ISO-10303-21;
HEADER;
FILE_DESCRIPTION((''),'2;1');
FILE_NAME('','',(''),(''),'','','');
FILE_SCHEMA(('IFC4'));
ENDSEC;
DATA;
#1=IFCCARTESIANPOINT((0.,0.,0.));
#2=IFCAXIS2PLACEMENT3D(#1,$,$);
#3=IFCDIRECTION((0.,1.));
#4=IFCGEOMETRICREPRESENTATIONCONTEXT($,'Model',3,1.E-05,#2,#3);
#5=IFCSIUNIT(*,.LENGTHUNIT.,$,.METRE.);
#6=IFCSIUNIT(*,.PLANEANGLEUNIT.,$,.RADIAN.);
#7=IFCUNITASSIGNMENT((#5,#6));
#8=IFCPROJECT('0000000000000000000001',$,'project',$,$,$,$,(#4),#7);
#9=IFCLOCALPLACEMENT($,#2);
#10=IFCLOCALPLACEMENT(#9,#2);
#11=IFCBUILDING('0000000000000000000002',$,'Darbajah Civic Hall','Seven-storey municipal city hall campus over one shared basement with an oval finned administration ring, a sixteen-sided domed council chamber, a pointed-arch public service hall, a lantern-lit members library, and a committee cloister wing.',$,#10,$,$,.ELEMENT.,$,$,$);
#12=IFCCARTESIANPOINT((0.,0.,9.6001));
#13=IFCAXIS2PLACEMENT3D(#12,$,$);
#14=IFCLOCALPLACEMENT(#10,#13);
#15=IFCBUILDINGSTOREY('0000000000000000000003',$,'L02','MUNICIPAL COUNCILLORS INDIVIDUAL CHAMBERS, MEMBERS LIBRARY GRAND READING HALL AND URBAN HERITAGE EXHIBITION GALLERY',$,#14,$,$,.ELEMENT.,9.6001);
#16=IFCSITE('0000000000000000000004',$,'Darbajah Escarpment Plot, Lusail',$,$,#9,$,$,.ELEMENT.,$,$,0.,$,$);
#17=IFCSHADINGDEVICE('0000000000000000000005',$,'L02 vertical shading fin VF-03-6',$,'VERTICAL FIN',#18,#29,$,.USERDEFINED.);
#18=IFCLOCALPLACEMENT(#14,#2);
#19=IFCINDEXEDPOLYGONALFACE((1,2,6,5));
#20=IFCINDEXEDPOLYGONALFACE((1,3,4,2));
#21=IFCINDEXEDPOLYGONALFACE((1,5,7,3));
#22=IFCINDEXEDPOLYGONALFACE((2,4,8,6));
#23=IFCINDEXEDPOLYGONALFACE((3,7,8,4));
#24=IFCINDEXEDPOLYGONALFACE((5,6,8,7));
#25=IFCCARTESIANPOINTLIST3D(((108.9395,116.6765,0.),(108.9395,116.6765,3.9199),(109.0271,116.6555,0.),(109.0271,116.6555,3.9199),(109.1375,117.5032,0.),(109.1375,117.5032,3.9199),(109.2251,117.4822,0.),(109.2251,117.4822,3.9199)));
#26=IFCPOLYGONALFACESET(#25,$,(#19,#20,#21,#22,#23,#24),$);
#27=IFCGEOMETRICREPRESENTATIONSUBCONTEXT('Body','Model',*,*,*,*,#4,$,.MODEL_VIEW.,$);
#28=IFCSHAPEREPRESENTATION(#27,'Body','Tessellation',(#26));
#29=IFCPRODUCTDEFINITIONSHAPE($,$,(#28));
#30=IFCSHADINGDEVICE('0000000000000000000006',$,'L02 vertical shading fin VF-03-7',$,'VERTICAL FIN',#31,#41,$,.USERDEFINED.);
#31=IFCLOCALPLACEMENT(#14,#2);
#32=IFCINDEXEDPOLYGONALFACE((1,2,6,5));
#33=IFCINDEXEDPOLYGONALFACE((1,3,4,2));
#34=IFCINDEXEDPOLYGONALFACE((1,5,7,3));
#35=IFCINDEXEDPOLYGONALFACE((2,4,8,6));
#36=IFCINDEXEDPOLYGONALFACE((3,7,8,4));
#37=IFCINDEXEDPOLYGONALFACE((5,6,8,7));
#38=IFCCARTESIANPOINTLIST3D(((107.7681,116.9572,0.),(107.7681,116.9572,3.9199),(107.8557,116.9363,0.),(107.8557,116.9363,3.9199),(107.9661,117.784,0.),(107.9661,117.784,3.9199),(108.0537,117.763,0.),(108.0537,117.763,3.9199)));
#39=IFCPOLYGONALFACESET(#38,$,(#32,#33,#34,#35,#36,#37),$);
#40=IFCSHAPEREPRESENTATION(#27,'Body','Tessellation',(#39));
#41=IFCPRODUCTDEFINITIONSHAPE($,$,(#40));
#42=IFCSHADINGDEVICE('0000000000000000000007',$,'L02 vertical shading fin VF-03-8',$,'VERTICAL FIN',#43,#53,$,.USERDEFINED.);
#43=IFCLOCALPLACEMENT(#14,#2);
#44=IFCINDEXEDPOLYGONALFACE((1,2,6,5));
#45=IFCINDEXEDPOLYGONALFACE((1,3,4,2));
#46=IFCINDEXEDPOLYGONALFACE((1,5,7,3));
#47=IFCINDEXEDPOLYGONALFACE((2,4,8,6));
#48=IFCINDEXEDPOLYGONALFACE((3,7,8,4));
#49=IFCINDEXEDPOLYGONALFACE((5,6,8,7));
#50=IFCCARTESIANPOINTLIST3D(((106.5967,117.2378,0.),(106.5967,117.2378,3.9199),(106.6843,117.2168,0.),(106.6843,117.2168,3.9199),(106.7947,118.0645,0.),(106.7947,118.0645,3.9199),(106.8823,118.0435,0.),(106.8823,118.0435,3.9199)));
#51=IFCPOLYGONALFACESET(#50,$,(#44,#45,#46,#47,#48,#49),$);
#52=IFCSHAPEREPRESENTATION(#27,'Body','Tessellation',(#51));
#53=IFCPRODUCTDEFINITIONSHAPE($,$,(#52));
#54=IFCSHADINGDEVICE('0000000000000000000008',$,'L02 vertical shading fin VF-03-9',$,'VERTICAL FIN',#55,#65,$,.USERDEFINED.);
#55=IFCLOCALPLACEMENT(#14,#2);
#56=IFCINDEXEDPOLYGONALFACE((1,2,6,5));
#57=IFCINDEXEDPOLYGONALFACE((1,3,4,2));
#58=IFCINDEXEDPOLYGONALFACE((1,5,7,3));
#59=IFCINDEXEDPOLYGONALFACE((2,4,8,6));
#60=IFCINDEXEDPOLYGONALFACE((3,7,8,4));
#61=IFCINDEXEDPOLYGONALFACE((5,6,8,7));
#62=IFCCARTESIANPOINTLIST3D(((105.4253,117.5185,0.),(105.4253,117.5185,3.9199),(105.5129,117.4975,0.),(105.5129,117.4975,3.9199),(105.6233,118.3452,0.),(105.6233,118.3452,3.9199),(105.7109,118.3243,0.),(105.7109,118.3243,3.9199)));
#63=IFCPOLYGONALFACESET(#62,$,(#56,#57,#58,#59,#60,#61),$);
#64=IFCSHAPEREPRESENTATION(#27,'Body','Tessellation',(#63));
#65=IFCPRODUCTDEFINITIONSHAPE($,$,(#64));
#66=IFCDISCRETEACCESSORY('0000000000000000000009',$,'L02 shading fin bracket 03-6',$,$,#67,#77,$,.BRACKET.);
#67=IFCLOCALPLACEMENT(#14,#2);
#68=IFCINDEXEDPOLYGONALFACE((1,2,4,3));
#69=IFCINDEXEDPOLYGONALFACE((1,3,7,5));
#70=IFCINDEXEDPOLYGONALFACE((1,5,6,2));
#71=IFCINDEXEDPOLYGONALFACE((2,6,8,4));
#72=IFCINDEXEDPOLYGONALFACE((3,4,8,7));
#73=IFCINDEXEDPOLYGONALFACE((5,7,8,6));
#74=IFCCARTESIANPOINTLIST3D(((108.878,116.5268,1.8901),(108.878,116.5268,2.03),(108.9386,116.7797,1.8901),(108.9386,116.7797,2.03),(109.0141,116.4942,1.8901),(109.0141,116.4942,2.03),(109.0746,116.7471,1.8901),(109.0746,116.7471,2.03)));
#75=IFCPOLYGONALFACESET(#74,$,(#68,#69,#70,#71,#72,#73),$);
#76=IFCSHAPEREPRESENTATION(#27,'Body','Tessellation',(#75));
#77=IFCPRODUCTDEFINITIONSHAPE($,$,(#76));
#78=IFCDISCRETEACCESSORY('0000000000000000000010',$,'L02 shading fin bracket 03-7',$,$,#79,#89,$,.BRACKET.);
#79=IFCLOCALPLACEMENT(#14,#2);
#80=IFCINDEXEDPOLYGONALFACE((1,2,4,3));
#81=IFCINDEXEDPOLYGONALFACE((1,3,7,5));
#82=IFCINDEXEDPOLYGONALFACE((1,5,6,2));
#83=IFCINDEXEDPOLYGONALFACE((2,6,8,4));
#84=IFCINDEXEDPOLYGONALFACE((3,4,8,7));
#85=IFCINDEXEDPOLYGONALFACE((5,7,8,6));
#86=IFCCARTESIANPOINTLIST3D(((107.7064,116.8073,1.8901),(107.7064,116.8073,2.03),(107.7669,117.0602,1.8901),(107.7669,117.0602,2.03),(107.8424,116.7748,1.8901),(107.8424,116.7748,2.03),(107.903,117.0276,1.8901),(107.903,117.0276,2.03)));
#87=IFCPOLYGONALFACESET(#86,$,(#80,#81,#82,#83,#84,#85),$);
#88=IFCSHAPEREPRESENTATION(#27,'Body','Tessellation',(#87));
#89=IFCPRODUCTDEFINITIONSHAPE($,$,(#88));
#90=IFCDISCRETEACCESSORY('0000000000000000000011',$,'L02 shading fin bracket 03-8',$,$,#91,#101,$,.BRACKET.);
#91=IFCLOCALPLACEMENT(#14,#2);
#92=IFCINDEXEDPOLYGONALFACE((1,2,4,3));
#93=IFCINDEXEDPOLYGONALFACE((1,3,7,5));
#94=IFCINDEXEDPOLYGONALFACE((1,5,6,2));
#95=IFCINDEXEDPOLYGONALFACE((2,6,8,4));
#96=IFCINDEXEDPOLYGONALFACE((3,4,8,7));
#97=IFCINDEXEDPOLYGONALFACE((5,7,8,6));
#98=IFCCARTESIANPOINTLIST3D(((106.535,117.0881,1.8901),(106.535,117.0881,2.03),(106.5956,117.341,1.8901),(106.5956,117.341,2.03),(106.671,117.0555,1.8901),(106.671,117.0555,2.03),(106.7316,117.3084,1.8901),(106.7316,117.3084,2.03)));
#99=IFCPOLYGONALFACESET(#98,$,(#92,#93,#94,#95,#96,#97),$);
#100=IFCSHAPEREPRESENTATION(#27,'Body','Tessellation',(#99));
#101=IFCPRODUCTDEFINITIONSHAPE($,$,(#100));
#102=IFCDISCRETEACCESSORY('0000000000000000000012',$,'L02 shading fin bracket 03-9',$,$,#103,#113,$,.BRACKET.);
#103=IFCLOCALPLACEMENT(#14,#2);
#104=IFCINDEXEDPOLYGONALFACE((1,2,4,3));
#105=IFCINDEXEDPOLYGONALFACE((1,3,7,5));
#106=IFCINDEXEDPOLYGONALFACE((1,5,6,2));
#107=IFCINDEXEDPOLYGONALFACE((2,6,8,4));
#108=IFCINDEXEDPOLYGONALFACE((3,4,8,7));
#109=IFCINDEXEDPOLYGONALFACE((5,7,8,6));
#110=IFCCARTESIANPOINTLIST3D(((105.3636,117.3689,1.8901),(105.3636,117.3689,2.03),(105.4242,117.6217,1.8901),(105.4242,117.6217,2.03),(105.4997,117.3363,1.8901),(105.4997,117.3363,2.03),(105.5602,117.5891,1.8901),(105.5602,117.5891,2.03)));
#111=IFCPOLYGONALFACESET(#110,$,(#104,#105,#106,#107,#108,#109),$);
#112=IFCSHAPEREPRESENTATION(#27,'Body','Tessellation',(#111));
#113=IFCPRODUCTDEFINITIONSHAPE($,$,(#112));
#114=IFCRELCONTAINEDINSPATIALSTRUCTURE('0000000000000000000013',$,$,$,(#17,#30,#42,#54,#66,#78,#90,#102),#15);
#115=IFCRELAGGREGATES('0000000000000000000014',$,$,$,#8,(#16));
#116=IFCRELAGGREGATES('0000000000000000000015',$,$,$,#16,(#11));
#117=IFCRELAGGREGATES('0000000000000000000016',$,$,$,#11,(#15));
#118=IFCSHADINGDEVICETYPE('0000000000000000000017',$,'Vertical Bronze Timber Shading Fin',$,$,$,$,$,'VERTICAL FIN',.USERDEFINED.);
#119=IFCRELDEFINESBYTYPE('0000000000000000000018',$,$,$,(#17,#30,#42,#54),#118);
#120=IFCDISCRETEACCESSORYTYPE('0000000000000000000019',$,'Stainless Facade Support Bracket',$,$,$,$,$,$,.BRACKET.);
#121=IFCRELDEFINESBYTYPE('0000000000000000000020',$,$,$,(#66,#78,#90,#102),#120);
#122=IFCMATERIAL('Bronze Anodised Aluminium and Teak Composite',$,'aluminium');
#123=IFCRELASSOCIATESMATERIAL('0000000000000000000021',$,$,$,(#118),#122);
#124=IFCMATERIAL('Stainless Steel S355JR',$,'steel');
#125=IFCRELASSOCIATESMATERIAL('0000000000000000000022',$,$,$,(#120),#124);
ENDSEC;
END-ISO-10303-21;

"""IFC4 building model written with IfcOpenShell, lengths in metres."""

from ifc_helpers import new_model, si_unit, direction, frame, origin, origin_2d, place, context, subcontext, project, spatial, rectangle, extrude, material, type_object, element, save


model = new_model("IFC4")

# Units and contexts
model_context = context("Model", 3, precision=1e-05, world=origin(), true_north=direction((0.0, 1.0)))
body_context = subcontext(model_context, "Body", "Model", "MODEL_VIEW")
ifc_project = project(units=[si_unit("LENGTHUNIT", "METRE"), si_unit("PLANEANGLEUNIT", "RADIAN")], contexts=[model_context])

# Site, building, storey
site_placement = place(None, origin())
site = spatial("IfcSite", under=ifc_project, at=site_placement, Name="Darbajah Escarpment Plot, Lusail", CompositionType="ELEMENT", RefElevation=0.0)
building_placement = place(site_placement, origin())
building = spatial("IfcBuilding", under=site, at=building_placement, Name="Darbajah Civic Hall", Description="Seven-storey municipal city hall campus over one shared basement with an oval finned administration ring, a sixteen-sided domed council chamber, a pointed-arch public service hall, a lantern-lit members library, and a committee cloister wing.", CompositionType="ELEMENT")
storey_placement = place(building_placement, frame((0.0, 0.0, 9.6001)))
storey = spatial("IfcBuildingStorey", under=building, at=storey_placement, Name="L02", Description="MUNICIPAL COUNCILLORS INDIVIDUAL CHAMBERS, MEMBERS LIBRARY GRAND READING HALL AND URBAN HERITAGE EXHIBITION GALLERY", CompositionType="ELEMENT", Elevation=9.6001)

# Shading devices
ifc_material_1 = material(Name="Bronze Anodised Aluminium and Teak Composite", Category="aluminium")
shading_device_type = type_object("IfcShadingDeviceType", Name="Vertical Bronze Timber Shading Fin", ElementType="VERTICAL FIN", PredefinedType="USERDEFINED", material=ifc_material_1)
for number, where, z_axis, x_axis, name in (
    (1, (109.0823, 117.0793, 0.0), (0.0, 0.0, 1.0), (0.232936, 0.972492, 0.0), "L02 vertical shading fin VF-03-6"),
    (2, (107.9109, 117.3601, 0.0), (0.0, 0.0, 1.0), (0.232936, 0.972492, 0.0), "L02 vertical shading fin VF-03-7"),
    (3, (106.7395, 117.6406, 0.0), (0.0, 0.0, 1.0), (0.232936, 0.972492, 0.0), "L02 vertical shading fin VF-03-8"),
    (4, (105.5681, 117.9214, 0.0), (0.0, 0.0, 1.0), (0.232936, 0.972492, 0.0), "L02 vertical shading fin VF-03-9"),
):
    element("IfcShadingDevice", number, at=place(storey_placement, frame(where, z_axis=z_axis, x_axis=x_axis)), inside=storey, type_object=shading_device_type, Name=name, ObjectType="VERTICAL FIN", PredefinedType="USERDEFINED", context=body_context, shape_type="SweptSolid", body=[
        extrude(rectangle(XDim=0.8501, YDim=0.0901, at=origin_2d()), origin(), (0.0, 0.0, 1.0), 3.9199),
    ])

# Discrete accessories
ifc_material_2 = material(Name="Stainless Steel S355JR", Category="steel")
discrete_accessory_type = type_object("IfcDiscreteAccessoryType", Name="Stainless Facade Support Bracket", PredefinedType="BRACKET", material=ifc_material_2)
for number, where, z_axis, x_axis, name in (
    (5, (108.9763, 116.637, 1.8901), (0.0, 0.0, 1.0), (0.232936, 0.972492, 0.0), "L02 shading fin bracket 03-6"),
    (6, (107.8047, 116.9175, 1.8901), (0.0, 0.0, 1.0), (0.232936, 0.972492, 0.0), "L02 shading fin bracket 03-7"),
    (7, (106.6333, 117.1982, 1.8901), (0.0, 0.0, 1.0), (0.232936, 0.972492, 0.0), "L02 shading fin bracket 03-8"),
    (8, (105.4619, 117.479, 1.8901), (0.0, 0.0, 1.0), (0.232936, 0.972492, 0.0), "L02 shading fin bracket 03-9"),
):
    element("IfcDiscreteAccessory", number, at=place(storey_placement, frame(where, z_axis=z_axis, x_axis=x_axis)), inside=storey, type_object=discrete_accessory_type, Name=name, PredefinedType="BRACKET", context=body_context, shape_type="SweptSolid", body=[
        extrude(rectangle(XDim=0.26, YDim=0.1399, at=origin_2d()), origin(), (0.0, 0.0, 1.0), 0.1399),
    ])

save(model, "model.ifc")
